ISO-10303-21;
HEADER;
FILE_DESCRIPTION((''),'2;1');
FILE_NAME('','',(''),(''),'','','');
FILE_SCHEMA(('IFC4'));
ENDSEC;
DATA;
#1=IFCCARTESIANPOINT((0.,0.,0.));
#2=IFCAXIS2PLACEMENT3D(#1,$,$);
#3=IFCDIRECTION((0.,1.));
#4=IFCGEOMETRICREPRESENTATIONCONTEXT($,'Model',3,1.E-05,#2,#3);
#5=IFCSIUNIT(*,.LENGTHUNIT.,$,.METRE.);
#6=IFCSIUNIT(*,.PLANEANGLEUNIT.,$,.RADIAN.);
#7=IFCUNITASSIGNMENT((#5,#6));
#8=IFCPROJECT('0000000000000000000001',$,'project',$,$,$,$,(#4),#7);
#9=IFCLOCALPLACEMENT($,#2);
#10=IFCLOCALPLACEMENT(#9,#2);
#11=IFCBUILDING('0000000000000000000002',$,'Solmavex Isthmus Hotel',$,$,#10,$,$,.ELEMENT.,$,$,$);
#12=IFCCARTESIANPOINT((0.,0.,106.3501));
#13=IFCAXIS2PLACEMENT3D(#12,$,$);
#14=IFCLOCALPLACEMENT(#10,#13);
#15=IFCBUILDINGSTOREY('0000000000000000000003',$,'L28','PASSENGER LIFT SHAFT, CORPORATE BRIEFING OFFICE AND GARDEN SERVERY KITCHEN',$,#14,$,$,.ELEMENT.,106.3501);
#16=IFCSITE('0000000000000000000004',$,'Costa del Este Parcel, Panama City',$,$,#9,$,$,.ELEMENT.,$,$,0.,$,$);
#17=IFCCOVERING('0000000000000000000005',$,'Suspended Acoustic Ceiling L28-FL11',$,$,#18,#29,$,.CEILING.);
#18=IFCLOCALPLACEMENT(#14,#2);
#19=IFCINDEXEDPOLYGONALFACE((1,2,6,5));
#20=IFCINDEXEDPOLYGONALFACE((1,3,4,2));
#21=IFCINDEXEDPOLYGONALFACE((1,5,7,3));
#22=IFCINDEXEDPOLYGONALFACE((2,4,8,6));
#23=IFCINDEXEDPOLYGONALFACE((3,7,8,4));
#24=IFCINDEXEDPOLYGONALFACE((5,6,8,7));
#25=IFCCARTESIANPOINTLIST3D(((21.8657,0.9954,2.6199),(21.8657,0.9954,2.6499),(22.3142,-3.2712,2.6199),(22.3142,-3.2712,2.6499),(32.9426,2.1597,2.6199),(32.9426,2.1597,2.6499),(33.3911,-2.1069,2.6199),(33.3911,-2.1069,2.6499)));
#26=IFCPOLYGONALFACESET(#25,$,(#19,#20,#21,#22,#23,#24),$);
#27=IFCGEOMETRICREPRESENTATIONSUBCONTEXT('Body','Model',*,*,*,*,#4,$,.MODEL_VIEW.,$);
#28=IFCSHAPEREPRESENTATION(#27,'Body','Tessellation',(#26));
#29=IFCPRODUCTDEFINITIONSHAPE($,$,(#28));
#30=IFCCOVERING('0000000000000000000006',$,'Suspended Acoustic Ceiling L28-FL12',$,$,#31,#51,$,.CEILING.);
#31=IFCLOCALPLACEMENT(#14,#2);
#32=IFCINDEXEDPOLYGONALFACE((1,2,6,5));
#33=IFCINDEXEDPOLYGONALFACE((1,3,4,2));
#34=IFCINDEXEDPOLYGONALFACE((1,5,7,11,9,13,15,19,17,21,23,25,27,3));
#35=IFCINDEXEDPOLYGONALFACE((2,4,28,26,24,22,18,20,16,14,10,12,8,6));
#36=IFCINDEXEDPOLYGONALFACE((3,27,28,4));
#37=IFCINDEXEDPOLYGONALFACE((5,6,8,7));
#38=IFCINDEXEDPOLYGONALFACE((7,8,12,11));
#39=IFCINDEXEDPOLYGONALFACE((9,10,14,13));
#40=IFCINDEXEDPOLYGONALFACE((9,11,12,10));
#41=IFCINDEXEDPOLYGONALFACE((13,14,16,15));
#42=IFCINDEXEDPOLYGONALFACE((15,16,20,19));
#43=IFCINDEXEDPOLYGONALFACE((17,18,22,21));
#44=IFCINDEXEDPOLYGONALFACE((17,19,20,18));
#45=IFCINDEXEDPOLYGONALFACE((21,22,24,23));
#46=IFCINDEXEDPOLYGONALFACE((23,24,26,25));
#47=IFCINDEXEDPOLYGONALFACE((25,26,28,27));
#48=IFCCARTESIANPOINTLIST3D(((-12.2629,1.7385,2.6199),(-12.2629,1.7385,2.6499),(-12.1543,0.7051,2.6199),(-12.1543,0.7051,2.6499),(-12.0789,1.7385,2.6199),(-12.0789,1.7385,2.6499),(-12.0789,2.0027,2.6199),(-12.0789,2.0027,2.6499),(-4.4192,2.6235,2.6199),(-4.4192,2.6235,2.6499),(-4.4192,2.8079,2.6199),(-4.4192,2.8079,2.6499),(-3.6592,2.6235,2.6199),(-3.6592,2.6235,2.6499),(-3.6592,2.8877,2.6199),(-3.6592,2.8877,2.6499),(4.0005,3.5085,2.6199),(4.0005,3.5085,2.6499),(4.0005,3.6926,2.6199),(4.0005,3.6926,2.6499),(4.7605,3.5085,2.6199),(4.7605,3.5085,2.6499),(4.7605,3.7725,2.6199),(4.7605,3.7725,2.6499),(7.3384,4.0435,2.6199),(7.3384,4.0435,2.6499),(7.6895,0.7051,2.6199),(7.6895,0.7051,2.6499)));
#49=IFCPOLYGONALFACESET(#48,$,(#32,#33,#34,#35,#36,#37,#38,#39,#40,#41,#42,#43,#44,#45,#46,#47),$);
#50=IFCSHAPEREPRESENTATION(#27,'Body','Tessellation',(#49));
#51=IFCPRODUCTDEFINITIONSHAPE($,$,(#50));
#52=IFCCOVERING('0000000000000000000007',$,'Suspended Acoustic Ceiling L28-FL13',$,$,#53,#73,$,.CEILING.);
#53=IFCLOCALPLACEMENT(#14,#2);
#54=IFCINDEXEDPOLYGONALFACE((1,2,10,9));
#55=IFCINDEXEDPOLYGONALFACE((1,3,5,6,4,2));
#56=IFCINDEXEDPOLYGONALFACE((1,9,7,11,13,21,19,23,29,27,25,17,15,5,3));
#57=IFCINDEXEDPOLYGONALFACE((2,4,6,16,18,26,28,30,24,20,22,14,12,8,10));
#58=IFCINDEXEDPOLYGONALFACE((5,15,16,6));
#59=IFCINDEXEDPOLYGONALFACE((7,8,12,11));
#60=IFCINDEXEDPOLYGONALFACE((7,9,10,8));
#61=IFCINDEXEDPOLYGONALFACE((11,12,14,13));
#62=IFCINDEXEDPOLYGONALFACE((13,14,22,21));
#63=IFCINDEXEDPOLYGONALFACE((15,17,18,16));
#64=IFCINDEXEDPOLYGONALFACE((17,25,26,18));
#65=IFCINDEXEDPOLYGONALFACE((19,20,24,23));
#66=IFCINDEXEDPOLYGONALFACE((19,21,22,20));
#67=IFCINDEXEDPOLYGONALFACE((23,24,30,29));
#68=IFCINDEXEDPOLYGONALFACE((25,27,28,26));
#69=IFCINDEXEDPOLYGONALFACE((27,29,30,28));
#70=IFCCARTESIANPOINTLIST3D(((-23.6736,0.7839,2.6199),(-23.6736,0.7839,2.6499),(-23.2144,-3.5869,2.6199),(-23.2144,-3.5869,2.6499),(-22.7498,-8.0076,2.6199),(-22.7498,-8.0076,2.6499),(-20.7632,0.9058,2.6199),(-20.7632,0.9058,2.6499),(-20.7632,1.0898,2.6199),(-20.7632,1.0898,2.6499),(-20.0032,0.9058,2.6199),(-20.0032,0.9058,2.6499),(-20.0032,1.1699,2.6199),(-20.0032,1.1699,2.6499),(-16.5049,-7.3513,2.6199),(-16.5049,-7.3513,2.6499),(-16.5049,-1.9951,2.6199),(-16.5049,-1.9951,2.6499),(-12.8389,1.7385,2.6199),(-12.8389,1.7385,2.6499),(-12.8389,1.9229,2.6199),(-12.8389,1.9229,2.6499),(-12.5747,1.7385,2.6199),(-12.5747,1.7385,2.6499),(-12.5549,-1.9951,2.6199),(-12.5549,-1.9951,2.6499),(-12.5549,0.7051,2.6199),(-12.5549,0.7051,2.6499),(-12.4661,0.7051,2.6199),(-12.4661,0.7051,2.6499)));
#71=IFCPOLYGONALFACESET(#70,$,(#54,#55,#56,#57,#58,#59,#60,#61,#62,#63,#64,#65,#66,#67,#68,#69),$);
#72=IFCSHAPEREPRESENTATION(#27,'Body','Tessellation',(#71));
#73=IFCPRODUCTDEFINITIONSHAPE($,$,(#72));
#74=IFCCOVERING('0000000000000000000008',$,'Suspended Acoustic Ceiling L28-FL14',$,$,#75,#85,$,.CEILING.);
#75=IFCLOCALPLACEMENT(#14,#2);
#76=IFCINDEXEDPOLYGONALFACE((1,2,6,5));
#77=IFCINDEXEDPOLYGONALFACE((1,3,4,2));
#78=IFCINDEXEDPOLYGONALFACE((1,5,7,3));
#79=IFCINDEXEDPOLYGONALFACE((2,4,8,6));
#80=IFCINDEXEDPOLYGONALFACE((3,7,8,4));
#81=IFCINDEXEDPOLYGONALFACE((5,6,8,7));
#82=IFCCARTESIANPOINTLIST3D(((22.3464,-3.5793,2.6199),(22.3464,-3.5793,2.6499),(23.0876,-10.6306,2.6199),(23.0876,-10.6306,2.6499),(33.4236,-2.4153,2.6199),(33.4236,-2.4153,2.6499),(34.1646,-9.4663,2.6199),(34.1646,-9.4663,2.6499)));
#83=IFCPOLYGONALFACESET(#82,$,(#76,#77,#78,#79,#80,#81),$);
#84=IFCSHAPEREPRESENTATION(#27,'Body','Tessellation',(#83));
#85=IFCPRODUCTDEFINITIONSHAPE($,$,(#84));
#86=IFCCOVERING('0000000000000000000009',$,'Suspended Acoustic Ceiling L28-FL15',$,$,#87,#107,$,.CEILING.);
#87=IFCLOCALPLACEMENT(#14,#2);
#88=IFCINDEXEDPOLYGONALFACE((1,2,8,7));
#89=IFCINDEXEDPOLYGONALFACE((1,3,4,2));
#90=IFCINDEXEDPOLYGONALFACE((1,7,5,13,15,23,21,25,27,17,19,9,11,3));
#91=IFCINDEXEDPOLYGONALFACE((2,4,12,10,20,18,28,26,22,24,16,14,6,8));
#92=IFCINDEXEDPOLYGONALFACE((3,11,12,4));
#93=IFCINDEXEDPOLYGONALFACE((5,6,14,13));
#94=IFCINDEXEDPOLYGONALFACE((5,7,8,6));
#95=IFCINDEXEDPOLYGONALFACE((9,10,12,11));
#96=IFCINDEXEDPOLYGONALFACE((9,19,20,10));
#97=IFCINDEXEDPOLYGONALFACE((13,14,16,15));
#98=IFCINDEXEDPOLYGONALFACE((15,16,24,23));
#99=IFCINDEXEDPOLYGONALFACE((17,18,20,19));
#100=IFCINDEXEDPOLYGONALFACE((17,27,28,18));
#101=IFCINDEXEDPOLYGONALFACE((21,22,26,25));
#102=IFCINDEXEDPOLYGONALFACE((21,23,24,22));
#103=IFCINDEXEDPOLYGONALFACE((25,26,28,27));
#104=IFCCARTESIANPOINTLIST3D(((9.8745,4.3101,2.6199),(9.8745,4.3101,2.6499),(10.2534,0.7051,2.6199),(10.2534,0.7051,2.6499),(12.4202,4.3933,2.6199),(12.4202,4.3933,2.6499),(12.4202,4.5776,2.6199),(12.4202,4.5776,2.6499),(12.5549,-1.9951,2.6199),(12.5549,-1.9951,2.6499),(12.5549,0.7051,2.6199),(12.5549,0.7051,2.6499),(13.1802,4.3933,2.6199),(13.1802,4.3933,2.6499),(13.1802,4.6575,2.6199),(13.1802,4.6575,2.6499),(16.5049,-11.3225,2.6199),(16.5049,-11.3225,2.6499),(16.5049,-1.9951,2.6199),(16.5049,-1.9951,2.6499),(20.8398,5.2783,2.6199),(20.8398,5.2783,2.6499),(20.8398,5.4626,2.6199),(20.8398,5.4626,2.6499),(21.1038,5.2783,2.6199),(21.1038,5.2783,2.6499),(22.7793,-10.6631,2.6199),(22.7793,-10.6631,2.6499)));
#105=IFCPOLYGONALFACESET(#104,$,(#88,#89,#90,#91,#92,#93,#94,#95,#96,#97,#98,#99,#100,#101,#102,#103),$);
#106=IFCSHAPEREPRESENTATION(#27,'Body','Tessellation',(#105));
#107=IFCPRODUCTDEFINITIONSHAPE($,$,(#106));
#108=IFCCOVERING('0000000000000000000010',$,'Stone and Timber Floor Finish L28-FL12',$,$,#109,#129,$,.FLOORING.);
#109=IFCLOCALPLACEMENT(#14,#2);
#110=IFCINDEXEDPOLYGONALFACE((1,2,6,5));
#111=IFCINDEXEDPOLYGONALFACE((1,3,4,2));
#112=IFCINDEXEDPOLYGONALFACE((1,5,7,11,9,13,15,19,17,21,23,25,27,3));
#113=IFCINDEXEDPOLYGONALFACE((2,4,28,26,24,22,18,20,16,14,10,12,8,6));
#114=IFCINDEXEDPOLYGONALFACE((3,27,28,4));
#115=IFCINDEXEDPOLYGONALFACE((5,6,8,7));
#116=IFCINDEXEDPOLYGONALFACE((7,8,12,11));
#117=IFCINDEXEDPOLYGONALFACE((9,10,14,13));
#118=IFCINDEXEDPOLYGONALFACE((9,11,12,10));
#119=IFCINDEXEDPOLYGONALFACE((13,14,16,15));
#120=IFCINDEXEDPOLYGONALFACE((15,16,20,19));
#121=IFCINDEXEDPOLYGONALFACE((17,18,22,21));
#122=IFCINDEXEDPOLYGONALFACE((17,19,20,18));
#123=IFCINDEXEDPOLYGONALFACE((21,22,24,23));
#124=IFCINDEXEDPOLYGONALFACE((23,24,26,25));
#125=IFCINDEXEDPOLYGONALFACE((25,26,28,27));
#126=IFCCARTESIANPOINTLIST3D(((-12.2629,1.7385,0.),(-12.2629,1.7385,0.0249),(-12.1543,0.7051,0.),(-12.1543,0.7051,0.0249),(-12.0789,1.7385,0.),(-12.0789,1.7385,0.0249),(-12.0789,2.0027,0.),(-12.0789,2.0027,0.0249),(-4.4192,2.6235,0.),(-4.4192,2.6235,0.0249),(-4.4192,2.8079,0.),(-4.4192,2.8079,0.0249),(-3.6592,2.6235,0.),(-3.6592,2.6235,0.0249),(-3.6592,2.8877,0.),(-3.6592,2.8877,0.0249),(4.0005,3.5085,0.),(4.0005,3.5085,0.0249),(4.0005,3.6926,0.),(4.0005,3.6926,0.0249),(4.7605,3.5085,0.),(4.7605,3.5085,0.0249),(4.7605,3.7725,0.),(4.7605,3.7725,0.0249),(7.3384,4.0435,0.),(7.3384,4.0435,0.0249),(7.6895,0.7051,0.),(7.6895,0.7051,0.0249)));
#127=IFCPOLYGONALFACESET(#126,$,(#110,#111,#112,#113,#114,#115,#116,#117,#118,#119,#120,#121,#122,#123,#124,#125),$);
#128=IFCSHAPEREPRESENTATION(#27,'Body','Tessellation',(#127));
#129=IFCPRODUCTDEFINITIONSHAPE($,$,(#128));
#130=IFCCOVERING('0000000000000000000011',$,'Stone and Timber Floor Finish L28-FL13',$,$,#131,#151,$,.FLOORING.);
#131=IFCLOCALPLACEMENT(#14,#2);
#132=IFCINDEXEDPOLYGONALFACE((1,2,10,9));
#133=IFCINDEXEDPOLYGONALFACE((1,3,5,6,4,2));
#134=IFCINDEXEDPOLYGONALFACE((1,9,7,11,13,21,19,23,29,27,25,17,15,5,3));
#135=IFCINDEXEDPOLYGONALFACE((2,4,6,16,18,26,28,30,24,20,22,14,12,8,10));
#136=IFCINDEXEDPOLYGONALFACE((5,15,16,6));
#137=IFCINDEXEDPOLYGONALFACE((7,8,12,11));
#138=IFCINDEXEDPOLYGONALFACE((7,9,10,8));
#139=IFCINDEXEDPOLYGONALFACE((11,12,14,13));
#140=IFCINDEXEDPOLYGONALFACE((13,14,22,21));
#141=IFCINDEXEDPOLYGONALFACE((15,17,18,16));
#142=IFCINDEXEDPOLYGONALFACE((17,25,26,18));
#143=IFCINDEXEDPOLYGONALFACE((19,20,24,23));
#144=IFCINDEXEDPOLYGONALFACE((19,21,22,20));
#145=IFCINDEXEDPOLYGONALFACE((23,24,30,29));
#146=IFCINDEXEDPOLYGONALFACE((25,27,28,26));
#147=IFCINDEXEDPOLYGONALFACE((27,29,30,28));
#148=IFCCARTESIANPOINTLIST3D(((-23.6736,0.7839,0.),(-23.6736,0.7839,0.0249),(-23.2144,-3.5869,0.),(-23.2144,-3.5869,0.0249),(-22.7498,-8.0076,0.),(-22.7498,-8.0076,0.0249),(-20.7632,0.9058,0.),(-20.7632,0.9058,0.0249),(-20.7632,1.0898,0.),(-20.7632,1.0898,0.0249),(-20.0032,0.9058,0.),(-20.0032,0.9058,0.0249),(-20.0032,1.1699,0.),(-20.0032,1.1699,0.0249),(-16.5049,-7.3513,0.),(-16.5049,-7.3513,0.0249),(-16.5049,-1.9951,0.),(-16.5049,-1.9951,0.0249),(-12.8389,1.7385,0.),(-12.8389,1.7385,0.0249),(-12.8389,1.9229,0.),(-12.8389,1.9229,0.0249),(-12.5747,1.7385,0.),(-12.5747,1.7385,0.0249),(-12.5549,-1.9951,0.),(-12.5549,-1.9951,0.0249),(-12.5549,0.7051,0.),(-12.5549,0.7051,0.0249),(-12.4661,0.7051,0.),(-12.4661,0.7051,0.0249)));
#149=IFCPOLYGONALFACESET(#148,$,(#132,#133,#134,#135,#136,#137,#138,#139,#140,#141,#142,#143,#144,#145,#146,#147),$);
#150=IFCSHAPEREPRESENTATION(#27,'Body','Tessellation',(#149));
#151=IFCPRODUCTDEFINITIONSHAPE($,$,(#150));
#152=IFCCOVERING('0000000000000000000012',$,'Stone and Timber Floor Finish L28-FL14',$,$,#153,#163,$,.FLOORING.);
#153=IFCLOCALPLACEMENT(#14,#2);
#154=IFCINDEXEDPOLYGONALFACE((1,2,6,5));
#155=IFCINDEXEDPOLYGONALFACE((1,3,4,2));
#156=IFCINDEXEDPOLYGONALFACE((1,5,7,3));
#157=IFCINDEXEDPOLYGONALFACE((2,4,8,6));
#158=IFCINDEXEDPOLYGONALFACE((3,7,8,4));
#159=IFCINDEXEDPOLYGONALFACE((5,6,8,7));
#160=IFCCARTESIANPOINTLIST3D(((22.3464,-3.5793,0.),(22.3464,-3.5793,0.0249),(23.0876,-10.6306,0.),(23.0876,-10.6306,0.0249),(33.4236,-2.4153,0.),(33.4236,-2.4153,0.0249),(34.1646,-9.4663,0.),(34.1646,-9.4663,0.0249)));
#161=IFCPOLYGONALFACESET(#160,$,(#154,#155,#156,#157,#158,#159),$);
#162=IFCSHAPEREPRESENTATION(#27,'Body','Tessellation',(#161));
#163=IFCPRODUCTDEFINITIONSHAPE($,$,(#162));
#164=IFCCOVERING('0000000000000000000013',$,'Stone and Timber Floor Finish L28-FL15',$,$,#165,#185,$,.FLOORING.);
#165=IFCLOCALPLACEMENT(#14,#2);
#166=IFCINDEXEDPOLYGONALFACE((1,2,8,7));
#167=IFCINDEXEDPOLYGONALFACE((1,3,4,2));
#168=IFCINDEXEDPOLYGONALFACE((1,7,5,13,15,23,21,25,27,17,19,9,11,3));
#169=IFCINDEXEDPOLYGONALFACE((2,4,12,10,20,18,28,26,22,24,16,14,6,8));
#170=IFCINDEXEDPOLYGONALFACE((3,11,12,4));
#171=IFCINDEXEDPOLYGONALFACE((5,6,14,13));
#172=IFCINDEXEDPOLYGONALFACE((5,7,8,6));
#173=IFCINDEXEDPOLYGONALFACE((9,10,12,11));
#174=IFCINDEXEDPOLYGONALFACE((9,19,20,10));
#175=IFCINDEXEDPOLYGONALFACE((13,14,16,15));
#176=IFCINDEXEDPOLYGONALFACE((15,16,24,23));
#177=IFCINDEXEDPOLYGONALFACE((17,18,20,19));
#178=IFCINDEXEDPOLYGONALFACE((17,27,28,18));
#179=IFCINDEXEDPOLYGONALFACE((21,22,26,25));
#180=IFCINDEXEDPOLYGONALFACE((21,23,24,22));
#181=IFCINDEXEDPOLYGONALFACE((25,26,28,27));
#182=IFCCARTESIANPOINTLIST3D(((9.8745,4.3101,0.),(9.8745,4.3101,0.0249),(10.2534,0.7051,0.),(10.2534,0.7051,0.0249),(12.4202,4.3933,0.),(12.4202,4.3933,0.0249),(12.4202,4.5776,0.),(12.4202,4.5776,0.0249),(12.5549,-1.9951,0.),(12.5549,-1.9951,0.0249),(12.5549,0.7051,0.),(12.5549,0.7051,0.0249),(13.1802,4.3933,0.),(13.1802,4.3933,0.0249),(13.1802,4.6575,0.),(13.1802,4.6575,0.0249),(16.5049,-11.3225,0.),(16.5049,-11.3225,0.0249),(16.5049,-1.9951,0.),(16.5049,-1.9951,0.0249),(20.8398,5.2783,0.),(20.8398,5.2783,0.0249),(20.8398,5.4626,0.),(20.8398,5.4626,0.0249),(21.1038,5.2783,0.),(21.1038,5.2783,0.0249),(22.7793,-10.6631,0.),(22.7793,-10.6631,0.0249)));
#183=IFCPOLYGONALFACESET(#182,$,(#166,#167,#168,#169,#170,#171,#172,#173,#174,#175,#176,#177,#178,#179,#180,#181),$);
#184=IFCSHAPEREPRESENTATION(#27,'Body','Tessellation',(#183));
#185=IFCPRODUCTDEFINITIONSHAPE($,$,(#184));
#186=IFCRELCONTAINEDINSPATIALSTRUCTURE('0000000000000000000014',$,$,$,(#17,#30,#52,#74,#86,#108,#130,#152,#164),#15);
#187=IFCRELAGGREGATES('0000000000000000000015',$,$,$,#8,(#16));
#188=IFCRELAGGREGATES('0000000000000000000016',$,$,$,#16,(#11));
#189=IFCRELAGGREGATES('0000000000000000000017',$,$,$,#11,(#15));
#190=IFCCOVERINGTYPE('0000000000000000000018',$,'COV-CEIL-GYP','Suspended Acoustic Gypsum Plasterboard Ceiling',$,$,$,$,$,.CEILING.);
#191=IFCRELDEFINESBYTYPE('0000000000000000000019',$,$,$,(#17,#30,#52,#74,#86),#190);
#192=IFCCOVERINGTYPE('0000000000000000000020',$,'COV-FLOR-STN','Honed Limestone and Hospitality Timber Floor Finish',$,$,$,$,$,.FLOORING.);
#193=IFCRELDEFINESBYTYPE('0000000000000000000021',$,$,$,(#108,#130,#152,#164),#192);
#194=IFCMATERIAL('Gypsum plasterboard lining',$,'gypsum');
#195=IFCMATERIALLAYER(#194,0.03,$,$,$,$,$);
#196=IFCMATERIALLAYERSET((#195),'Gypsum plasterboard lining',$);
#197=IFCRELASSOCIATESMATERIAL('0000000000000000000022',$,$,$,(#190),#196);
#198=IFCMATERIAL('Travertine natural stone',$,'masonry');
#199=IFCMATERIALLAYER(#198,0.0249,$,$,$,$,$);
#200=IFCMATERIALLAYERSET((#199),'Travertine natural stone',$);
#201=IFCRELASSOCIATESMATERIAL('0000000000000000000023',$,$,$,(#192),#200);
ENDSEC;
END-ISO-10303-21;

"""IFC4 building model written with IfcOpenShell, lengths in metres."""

from ifc_helpers import new_model, si_unit, direction, frame, origin, place, context, subcontext, project, spatial, polyline, outline, extrude, material, layer, layer_set, type_object, element, save


model = new_model("IFC4")

# Units and contexts
model_context = context("Model", 3, precision=1e-05, world=origin(), true_north=direction((0.0, 1.0)))
body_context = subcontext(model_context, "Body", "Model", "MODEL_VIEW")
ifc_project = project(units=[si_unit("LENGTHUNIT", "METRE"), si_unit("PLANEANGLEUNIT", "RADIAN")], contexts=[model_context])

# Site, building, storey
site_placement = place(None, origin())
site = spatial("IfcSite", under=ifc_project, at=site_placement, Name="Costa del Este Parcel, Panama City", CompositionType="ELEMENT", RefElevation=0.0)
building_placement = place(site_placement, origin())
building = spatial("IfcBuilding", under=site, at=building_placement, Name="Solmavex Isthmus Hotel", CompositionType="ELEMENT")
storey_placement = place(building_placement, frame((0.0, 0.0, 106.3501)))
storey = spatial("IfcBuildingStorey", under=building, at=storey_placement, Name="L28", Description="PASSENGER LIFT SHAFT, CORPORATE BRIEFING OFFICE AND GARDEN SERVERY KITCHEN", CompositionType="ELEMENT", Elevation=106.3501)

# Shared definitions
ifc_material_1 = material(Name="Gypsum plasterboard lining", Category="gypsum")

# Coverings
ifc_layer_1 = layer(ifc_material_1, 0.03)
ifc_layer_set_1 = layer_set([ifc_layer_1], Name="Gypsum plasterboard lining")
covering_type_1 = type_object("IfcCoveringType", Name="COV-CEIL-GYP", Description="Suspended Acoustic Gypsum Plasterboard Ceiling", PredefinedType="CEILING", material=ifc_layer_set_1)
covering_1_placement = place(storey_placement, frame((0.0, 0.0, 2.6199)))
element("IfcCovering", 1, at=covering_1_placement, inside=storey, type_object=covering_type_1, Name="Suspended Acoustic Ceiling L28-FL11", PredefinedType="CEILING", context=body_context, shape_type="SweptSolid", body=[
    extrude(outline(polyline([(32.9426, 2.1597), (21.8657, 0.9954), (22.3142, -3.2712), (33.3911, -2.1069), (32.9426, 2.1597)])), origin(), (0.0, 0.0, 1.0), 0.03),
])
covering_2_placement = place(storey_placement, frame((0.0, 0.0, 2.6199)))
element("IfcCovering", 2, at=covering_2_placement, inside=storey, type_object=covering_type_1, Name="Suspended Acoustic Ceiling L28-FL12", PredefinedType="CEILING", context=body_context, shape_type="SweptSolid", body=[
    extrude(outline(polyline([(-12.0789, 2.0027), (-12.0789, 1.7385), (-12.2629, 1.7385), (-12.1543, 0.7051), (7.6895, 0.7051), (7.3384, 4.0435), (4.7605, 3.7725), (4.7605, 3.5085), (4.0005, 3.5085), (4.0005, 3.6926), (-3.6592, 2.8877), (-3.6592, 2.6235), (-4.4192, 2.6235), (-4.4192, 2.8079), (-12.0789, 2.0027)])), origin(), (0.0, 0.0, 1.0), 0.03),
])
covering_3_placement = place(storey_placement, frame((0.0, 0.0, 2.6199)))
element("IfcCovering", 3, at=covering_3_placement, inside=storey, type_object=covering_type_1, Name="Suspended Acoustic Ceiling L28-FL13", PredefinedType="CEILING", context=body_context, shape_type="SweptSolid", body=[
    extrude(outline(polyline([(-20.0032, 1.1699), (-20.0032, 0.9058), (-20.7632, 0.9058), (-20.7632, 1.0898), (-23.6736, 0.7839), (-23.2144, -3.5869), (-22.7498, -8.0076), (-16.5049, -7.3513), (-16.5049, -1.9951), (-12.5549, -1.9951), (-12.5549, 0.7051), (-12.4661, 0.7051), (-12.5747, 1.7385), (-12.8389, 1.7385), (-12.8389, 1.9229), (-20.0032, 1.1699)])), origin(), (0.0, 0.0, 1.0), 0.03),
])
covering_4_placement = place(storey_placement, frame((0.0, 0.0, 2.6199)))
element("IfcCovering", 4, at=covering_4_placement, inside=storey, type_object=covering_type_1, Name="Suspended Acoustic Ceiling L28-FL14", PredefinedType="CEILING", context=body_context, shape_type="SweptSolid", body=[
    extrude(outline(polyline([(33.4236, -2.4153), (22.3464, -3.5793), (23.0876, -10.6306), (34.1646, -9.4663), (33.4236, -2.4153)])), origin(), (0.0, 0.0, 1.0), 0.03),
])
covering_5_placement = place(storey_placement, frame((0.0, 0.0, 2.6199)))
element("IfcCovering", 5, at=covering_5_placement, inside=storey, type_object=covering_type_1, Name="Suspended Acoustic Ceiling L28-FL15", PredefinedType="CEILING", context=body_context, shape_type="SweptSolid", body=[
    extrude(outline(polyline([(13.1802, 4.6575), (13.1802, 4.3933), (12.4202, 4.3933), (12.4202, 4.5776), (9.8745, 4.3101), (10.2534, 0.7051), (12.5549, 0.7051), (12.5549, -1.9951), (16.5049, -1.9951), (16.5049, -11.3225), (22.7793, -10.6631), (21.1038, 5.2783), (20.8398, 5.2783), (20.8398, 5.4626), (13.1802, 4.6575)])), origin(), (0.0, 0.0, 1.0), 0.03),
])
ifc_material_2 = material(Name="Travertine natural stone", Category="masonry")
ifc_layer_2 = layer(ifc_material_2, 0.0249)
ifc_layer_set_2 = layer_set([ifc_layer_2], Name="Travertine natural stone")
covering_type_2 = type_object("IfcCoveringType", Name="COV-FLOR-STN", Description="Honed Limestone and Hospitality Timber Floor Finish", PredefinedType="FLOORING", material=ifc_layer_set_2)
covering_6_placement = place(storey_placement, origin())
element("IfcCovering", 6, at=covering_6_placement, inside=storey, type_object=covering_type_2, Name="Stone and Timber Floor Finish L28-FL12", PredefinedType="FLOORING", context=body_context, shape_type="SweptSolid", body=[
    extrude(outline(polyline([(-12.0789, 2.0027), (-12.0789, 1.7385), (-12.2629, 1.7385), (-12.1543, 0.7051), (7.6895, 0.7051), (7.3384, 4.0435), (4.7605, 3.7725), (4.7605, 3.5085), (4.0005, 3.5085), (4.0005, 3.6926), (-3.6592, 2.8877), (-3.6592, 2.6235), (-4.4192, 2.6235), (-4.4192, 2.8079), (-12.0789, 2.0027)])), origin(), (0.0, 0.0, 1.0), 0.0249),
])
covering_7_placement = place(storey_placement, origin())
element("IfcCovering", 7, at=covering_7_placement, inside=storey, type_object=covering_type_2, Name="Stone and Timber Floor Finish L28-FL13", PredefinedType="FLOORING", context=body_context, shape_type="SweptSolid", body=[
    extrude(outline(polyline([(-20.0032, 1.1699), (-20.0032, 0.9058), (-20.7632, 0.9058), (-20.7632, 1.0898), (-23.6736, 0.7839), (-23.2144, -3.5869), (-22.7498, -8.0076), (-16.5049, -7.3513), (-16.5049, -1.9951), (-12.5549, -1.9951), (-12.5549, 0.7051), (-12.4661, 0.7051), (-12.5747, 1.7385), (-12.8389, 1.7385), (-12.8389, 1.9229), (-20.0032, 1.1699)])), origin(), (0.0, 0.0, 1.0), 0.0249),
])
covering_8_placement = place(storey_placement, origin())
element("IfcCovering", 8, at=covering_8_placement, inside=storey, type_object=covering_type_2, Name="Stone and Timber Floor Finish L28-FL14", PredefinedType="FLOORING", context=body_context, shape_type="SweptSolid", body=[
    extrude(outline(polyline([(33.4236, -2.4153), (22.3464, -3.5793), (23.0876, -10.6306), (34.1646, -9.4663), (33.4236, -2.4153)])), origin(), (0.0, 0.0, 1.0), 0.0249),
])
covering_9_placement = place(storey_placement, origin())
element("IfcCovering", 9, at=covering_9_placement, inside=storey, type_object=covering_type_2, Name="Stone and Timber Floor Finish L28-FL15", PredefinedType="FLOORING", context=body_context, shape_type="SweptSolid", body=[
    extrude(outline(polyline([(13.1802, 4.6575), (13.1802, 4.3933), (12.4202, 4.3933), (12.4202, 4.5776), (9.8745, 4.3101), (10.2534, 0.7051), (12.5549, 0.7051), (12.5549, -1.9951), (16.5049, -1.9951), (16.5049, -11.3225), (22.7793, -10.6631), (21.1038, 5.2783), (20.8398, 5.2783), (20.8398, 5.4626), (13.1802, 4.6575)])), origin(), (0.0, 0.0, 1.0), 0.0249),
])

save(model, "model.ifc")
